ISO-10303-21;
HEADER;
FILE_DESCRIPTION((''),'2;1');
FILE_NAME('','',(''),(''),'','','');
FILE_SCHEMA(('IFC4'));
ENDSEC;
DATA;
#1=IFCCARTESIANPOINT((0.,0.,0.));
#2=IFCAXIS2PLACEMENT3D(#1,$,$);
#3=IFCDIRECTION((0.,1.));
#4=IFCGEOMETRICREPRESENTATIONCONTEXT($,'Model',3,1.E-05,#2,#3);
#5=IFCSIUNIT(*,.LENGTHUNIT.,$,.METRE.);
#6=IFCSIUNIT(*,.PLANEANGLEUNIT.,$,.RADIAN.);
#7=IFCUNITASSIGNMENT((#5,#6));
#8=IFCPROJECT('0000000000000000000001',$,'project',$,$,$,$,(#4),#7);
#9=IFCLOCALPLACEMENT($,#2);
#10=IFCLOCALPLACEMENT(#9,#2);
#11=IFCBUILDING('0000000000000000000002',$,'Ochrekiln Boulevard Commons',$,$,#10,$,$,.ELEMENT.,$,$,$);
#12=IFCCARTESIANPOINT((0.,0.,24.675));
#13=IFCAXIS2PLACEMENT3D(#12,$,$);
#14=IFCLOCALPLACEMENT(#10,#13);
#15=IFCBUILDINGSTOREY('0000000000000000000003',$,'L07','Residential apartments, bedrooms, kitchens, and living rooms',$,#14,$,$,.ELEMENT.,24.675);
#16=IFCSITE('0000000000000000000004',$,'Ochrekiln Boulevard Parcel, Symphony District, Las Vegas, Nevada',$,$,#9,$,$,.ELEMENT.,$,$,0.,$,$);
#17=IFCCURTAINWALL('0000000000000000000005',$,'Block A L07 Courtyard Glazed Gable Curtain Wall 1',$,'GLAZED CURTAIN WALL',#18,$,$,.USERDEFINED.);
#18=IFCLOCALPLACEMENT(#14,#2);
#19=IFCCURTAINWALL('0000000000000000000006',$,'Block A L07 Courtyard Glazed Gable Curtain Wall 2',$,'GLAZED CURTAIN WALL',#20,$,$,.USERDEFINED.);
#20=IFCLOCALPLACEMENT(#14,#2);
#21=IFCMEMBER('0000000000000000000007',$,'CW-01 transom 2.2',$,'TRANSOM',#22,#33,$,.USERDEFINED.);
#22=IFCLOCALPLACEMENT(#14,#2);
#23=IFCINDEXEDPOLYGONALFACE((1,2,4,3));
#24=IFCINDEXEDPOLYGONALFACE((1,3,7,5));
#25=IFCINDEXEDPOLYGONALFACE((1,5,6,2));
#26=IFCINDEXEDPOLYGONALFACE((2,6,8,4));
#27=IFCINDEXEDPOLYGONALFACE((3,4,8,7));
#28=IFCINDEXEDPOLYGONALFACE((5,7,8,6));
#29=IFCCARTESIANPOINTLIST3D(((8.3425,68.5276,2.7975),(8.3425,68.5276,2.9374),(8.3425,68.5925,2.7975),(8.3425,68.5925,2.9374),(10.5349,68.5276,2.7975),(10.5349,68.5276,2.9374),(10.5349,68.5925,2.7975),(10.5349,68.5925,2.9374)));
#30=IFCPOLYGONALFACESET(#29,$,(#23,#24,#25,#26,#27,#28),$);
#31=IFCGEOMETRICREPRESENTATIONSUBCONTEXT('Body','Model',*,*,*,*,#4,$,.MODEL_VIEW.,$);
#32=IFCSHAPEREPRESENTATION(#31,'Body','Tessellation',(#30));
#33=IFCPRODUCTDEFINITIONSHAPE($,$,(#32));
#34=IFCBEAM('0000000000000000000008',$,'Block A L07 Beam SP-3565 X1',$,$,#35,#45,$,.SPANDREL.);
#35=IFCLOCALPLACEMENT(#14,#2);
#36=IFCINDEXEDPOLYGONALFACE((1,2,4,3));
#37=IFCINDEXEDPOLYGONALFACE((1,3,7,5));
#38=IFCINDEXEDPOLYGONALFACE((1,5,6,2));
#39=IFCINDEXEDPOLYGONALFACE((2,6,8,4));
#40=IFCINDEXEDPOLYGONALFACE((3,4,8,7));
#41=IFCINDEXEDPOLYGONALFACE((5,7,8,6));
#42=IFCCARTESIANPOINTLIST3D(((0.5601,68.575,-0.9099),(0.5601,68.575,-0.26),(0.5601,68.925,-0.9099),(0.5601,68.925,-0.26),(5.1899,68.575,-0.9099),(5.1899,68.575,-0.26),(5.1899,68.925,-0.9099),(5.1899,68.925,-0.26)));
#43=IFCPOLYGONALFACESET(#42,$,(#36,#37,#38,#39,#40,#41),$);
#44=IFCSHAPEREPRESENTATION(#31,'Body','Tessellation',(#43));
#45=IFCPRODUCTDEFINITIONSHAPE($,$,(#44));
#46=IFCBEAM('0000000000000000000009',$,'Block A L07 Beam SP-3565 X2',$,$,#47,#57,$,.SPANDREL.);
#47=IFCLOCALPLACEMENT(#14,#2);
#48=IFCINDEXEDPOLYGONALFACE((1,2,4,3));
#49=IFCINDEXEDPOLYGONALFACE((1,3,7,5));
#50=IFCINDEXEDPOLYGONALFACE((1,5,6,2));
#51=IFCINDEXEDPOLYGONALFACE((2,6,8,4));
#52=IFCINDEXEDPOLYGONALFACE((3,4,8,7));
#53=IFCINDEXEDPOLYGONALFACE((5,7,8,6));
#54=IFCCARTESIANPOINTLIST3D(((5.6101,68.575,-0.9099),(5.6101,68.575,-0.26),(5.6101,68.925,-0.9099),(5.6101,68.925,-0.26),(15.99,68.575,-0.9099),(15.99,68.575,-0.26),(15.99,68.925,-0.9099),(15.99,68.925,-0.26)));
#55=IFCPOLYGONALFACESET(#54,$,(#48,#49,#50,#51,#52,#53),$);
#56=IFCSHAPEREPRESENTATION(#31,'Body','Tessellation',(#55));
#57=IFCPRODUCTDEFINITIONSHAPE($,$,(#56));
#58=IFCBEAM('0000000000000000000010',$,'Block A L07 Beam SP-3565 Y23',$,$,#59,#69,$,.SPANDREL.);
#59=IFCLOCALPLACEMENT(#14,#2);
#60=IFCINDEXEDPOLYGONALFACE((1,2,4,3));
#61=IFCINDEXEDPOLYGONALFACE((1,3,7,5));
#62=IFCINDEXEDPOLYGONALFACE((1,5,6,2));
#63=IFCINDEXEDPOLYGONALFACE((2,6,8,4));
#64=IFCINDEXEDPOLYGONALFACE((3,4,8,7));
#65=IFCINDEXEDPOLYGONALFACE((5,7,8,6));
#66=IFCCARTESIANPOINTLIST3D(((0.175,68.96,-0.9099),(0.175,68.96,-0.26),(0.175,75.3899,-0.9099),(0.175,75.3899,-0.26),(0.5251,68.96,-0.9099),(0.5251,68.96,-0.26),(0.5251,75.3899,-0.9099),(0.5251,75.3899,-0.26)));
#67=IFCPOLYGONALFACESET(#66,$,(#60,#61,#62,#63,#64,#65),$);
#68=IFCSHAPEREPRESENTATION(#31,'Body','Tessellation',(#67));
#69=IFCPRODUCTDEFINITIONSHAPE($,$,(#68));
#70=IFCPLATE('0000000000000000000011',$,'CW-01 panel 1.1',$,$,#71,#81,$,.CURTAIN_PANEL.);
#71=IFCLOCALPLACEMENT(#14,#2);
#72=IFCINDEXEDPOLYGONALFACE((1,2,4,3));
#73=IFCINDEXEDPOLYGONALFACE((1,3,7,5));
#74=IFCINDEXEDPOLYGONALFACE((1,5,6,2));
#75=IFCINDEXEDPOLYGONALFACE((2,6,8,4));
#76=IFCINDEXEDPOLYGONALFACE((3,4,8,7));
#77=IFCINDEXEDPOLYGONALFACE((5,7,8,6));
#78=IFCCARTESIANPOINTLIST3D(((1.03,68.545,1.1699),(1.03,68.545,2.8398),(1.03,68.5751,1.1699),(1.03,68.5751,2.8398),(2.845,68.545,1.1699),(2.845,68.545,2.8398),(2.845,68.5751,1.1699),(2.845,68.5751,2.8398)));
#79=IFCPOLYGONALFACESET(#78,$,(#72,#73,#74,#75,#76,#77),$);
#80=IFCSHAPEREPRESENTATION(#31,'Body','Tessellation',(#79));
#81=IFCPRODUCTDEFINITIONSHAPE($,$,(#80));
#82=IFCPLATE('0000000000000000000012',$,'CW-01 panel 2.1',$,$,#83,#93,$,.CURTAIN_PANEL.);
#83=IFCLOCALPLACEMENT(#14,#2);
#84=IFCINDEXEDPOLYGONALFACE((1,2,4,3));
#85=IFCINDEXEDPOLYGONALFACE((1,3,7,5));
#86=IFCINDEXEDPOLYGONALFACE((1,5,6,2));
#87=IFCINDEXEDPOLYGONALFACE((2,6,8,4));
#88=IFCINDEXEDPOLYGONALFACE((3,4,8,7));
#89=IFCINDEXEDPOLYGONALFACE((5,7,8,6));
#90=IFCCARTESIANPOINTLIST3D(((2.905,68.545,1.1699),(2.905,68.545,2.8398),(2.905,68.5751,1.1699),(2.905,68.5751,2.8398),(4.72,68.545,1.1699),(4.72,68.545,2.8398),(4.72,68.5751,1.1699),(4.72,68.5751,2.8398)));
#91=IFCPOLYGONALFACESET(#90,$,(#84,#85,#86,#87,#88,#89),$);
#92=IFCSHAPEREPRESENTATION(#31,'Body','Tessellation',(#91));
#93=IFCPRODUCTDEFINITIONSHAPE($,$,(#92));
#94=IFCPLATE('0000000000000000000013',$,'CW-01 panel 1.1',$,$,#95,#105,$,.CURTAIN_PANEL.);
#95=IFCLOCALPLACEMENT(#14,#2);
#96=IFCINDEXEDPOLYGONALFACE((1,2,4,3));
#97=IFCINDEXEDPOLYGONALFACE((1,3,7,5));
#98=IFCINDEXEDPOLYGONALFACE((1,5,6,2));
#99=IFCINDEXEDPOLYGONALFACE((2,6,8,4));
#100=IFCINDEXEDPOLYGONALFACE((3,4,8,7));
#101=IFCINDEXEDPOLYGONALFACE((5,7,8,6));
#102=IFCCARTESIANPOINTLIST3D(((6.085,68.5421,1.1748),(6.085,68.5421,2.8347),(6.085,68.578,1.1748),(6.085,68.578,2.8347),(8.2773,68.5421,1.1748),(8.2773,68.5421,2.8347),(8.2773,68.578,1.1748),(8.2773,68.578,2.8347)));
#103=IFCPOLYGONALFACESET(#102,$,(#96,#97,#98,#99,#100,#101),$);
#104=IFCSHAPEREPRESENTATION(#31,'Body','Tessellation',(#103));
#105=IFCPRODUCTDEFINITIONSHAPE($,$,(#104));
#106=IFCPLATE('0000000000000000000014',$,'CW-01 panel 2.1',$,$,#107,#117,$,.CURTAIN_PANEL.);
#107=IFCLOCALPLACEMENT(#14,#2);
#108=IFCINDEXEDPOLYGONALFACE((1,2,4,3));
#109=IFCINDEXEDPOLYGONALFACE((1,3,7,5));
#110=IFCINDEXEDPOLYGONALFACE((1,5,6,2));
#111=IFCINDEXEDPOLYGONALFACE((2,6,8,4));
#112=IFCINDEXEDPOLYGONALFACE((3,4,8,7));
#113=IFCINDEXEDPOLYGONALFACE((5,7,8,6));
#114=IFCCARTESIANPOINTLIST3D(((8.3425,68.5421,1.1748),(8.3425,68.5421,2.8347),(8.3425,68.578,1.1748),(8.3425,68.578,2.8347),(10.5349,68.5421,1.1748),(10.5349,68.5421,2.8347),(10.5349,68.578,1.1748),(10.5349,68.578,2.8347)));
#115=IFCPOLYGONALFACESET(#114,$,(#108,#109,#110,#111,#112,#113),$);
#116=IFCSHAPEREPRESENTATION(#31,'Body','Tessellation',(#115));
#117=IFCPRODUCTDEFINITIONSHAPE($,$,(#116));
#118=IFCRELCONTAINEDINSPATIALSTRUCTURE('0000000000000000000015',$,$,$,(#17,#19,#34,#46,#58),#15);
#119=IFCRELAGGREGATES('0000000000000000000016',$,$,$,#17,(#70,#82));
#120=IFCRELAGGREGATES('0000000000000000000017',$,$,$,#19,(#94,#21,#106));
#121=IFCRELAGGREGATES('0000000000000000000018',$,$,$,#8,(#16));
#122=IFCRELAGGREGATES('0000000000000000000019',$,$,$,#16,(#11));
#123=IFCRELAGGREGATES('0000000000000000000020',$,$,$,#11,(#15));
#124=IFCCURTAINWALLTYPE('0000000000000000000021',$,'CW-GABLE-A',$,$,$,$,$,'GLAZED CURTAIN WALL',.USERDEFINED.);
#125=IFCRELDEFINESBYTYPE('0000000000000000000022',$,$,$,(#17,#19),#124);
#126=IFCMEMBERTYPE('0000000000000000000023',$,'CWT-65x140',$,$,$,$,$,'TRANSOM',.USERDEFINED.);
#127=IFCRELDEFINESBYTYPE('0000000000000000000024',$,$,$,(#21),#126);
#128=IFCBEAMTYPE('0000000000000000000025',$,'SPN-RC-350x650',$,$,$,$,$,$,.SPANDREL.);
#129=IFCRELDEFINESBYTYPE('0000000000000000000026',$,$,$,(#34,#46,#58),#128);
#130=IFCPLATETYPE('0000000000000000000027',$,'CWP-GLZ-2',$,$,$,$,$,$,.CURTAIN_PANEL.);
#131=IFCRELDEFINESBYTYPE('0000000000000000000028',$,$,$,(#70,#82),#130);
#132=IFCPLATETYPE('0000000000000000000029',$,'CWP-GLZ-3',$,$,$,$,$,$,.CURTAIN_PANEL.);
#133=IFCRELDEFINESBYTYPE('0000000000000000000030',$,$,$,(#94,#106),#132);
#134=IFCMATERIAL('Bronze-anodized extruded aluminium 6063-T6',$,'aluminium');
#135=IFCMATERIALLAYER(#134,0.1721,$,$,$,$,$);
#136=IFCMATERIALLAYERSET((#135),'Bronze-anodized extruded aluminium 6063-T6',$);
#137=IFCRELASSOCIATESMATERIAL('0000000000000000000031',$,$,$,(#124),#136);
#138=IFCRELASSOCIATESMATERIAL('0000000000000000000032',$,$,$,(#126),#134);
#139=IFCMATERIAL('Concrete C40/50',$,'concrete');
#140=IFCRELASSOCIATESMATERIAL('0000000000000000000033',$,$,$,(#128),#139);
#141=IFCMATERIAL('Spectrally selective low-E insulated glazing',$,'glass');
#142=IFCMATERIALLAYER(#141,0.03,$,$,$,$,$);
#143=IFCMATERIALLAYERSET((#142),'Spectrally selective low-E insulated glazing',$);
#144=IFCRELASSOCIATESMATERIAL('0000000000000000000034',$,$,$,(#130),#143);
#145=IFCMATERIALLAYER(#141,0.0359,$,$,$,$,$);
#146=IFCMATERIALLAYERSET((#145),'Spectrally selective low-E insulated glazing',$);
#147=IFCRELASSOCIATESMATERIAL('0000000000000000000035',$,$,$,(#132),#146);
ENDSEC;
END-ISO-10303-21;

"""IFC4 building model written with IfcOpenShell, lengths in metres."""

from ifc_helpers import new_model, si_unit, direction, frame, origin, origin_2d, place, context, subcontext, project, spatial, rectangle, extrude, material, layer, layer_set, material_profile, profile_set, type_object, element, aggregate, save


model = new_model("IFC4")

# Units and contexts
model_context = context("Model", 3, precision=1e-05, world=origin(), true_north=direction((0.0, 1.0)))
body_context = subcontext(model_context, "Body", "Model", "MODEL_VIEW")
ifc_project = project(units=[si_unit("LENGTHUNIT", "METRE"), si_unit("PLANEANGLEUNIT", "RADIAN")], contexts=[model_context])

# Site, building, storey
site_placement = place(None, origin())
site = spatial("IfcSite", under=ifc_project, at=site_placement, Name="Ochrekiln Boulevard Parcel, Symphony District, Las Vegas, Nevada", CompositionType="ELEMENT", RefElevation=0.0)
building_placement = place(site_placement, origin())
building = spatial("IfcBuilding", under=site, at=building_placement, Name="Ochrekiln Boulevard Commons", CompositionType="ELEMENT")
storey_placement = place(building_placement, frame((0.0, 0.0, 24.675)))
storey = spatial("IfcBuildingStorey", under=building, at=storey_placement, Name="L07", Description="Residential apartments, bedrooms, kitchens, and living rooms", CompositionType="ELEMENT", Elevation=24.675)

# Shared definitions
ifc_material_1 = material(Name="Concrete C40/50", Category="concrete")

# Curtain walls
ifc_material_2 = material(Name="Bronze-anodized extruded aluminium 6063-T6", Category="aluminium")
ifc_layer_1 = layer(ifc_material_2, 0.1721)
ifc_layer_set_1 = layer_set([ifc_layer_1], Name="Bronze-anodized extruded aluminium 6063-T6")
curtain_wall_type = type_object("IfcCurtainWallType", Name="CW-GABLE-A", ElementType="GLAZED CURTAIN WALL", PredefinedType="USERDEFINED", material=ifc_layer_set_1)
curtain_wall_1_placement = place(storey_placement, origin())
curtain_wall_1 = element("IfcCurtainWall", 1, at=curtain_wall_1_placement, inside=storey, type_object=curtain_wall_type, Name="Block A L07 Courtyard Glazed Gable Curtain Wall 1", ObjectType="GLAZED CURTAIN WALL", PredefinedType="USERDEFINED")
curtain_wall_2_placement = place(storey_placement, origin())
curtain_wall_2 = element("IfcCurtainWall", 2, at=curtain_wall_2_placement, inside=storey, type_object=curtain_wall_type, Name="Block A L07 Courtyard Glazed Gable Curtain Wall 2", ObjectType="GLAZED CURTAIN WALL", PredefinedType="USERDEFINED")

# Member
ifc_material_profile_1 = material_profile(ifc_material_2, rectangle(XDim=0.0649, YDim=0.1399, at=origin_2d()), Name="ALU-TRN-65x140")
ifc_profile_set_1 = profile_set([ifc_material_profile_1], Name="Bronze-anodized extruded aluminium 6063-T6")
member_type_1 = type_object("IfcMemberType", Name="CWT-65x140", ElementType="TRANSOM", PredefinedType="USERDEFINED", material=ifc_profile_set_1)
member_1_placement = place(storey_placement, frame((8.3425, 68.5601, 2.8674), z_axis=(1.0, 0.0, 0.0), x_axis=(0.0, 1.0, 0.0)))
member_1 = element("IfcMember", 3, at=member_1_placement, type_object=member_type_1, Name="CW-01 transom 2.2", ObjectType="TRANSOM", PredefinedType="USERDEFINED", context=body_context, shape_type="SweptSolid", body=[
    extrude(rectangle(XDim=0.0649, YDim=0.1399, at=origin_2d()), origin(), (0.0, 0.0, 1.0), 2.1924),
])

# Beams
ifc_material_profile_2 = material_profile(ifc_material_1, rectangle(XDim=0.3501, YDim=0.6499, at=origin_2d()), Name="RC-SPN-350x650")
ifc_profile_set_2 = profile_set([ifc_material_profile_2], Name="Concrete C40/50")
beam_type = type_object("IfcBeamType", Name="SPN-RC-350x650", PredefinedType="SPANDREL", material=ifc_profile_set_2)
beam_1_placement = place(storey_placement, frame((0.5601, 68.75, -0.585), z_axis=(1.0, 0.0, 0.0), x_axis=(0.0, 1.0, 0.0)))
element("IfcBeam", 4, at=beam_1_placement, inside=storey, type_object=beam_type, Name="Block A L07 Beam SP-3565 X1", PredefinedType="SPANDREL", context=body_context, shape_type="SweptSolid", body=[
    extrude(rectangle(XDim=0.3501, YDim=0.6499, at=origin_2d()), origin(), (0.0, 0.0, 1.0), 4.6299),
])
beam_2_placement = place(storey_placement, frame((5.6101, 68.75, -0.585), z_axis=(1.0, 0.0, 0.0), x_axis=(0.0, 1.0, 0.0)))
element("IfcBeam", 5, at=beam_2_placement, inside=storey, type_object=beam_type, Name="Block A L07 Beam SP-3565 X2", PredefinedType="SPANDREL", context=body_context, shape_type="SweptSolid", body=[
    extrude(rectangle(XDim=0.3501, YDim=0.6499, at=origin_2d()), origin(), (0.0, 0.0, 1.0), 10.3799),
])
beam_3_placement = place(storey_placement, frame((0.3501, 68.96, -0.585), z_axis=(0.0, 1.0, 0.0), x_axis=(-1.0, 0.0, 0.0)))
element("IfcBeam", 6, at=beam_3_placement, inside=storey, type_object=beam_type, Name="Block A L07 Beam SP-3565 Y23", PredefinedType="SPANDREL", context=body_context, shape_type="SweptSolid", body=[
    extrude(rectangle(XDim=0.3501, YDim=0.6499, at=origin_2d()), origin(), (0.0, 0.0, 1.0), 6.4299),
])

# Plates
ifc_material_3 = material(Name="Spectrally selective low-E insulated glazing", Category="glass")
ifc_layer_2 = layer(ifc_material_3, 0.03)
ifc_layer_set_2 = layer_set([ifc_layer_2], Name="Spectrally selective low-E insulated glazing")
plate_type_1 = type_object("IfcPlateType", Name="CWP-GLZ-2", PredefinedType="CURTAIN_PANEL", material=ifc_layer_set_2)
plate_1_placement = place(storey_placement, frame((1.9375, 68.5601, 1.1699), z_axis=(0.0, 0.0, 1.0), x_axis=(1.0, 0.0, 0.0)))
plate_1 = element("IfcPlate", 7, at=plate_1_placement, type_object=plate_type_1, Name="CW-01 panel 1.1", PredefinedType="CURTAIN_PANEL", context=body_context, shape_type="SweptSolid", body=[
    extrude(rectangle(XDim=1.8149, YDim=0.03, at=origin_2d()), origin(), (0.0, 0.0, 1.0), 1.6699),
])
plate_2_placement = place(storey_placement, frame((3.8125, 68.5601, 1.1699), z_axis=(0.0, 0.0, 1.0), x_axis=(1.0, 0.0, 0.0)))
plate_2 = element("IfcPlate", 8, at=plate_2_placement, type_object=plate_type_1, Name="CW-01 panel 2.1", PredefinedType="CURTAIN_PANEL", context=body_context, shape_type="SweptSolid", body=[
    extrude(rectangle(XDim=1.8149, YDim=0.03, at=origin_2d()), origin(), (0.0, 0.0, 1.0), 1.6699),
])
aggregate(curtain_wall_1, [plate_1, plate_2])
ifc_layer_3 = layer(ifc_material_3, 0.0359)
ifc_layer_set_3 = layer_set([ifc_layer_3], Name="Spectrally selective low-E insulated glazing")
plate_type_2 = type_object("IfcPlateType", Name="CWP-GLZ-3", PredefinedType="CURTAIN_PANEL", material=ifc_layer_set_3)
plate_3_placement = place(storey_placement, frame((7.1812, 68.5601, 1.1748), z_axis=(0.0, 0.0, 1.0), x_axis=(1.0, 0.0, 0.0)))
plate_3 = element("IfcPlate", 9, at=plate_3_placement, type_object=plate_type_2, Name="CW-01 panel 1.1", PredefinedType="CURTAIN_PANEL", context=body_context, shape_type="SweptSolid", body=[
    extrude(rectangle(XDim=2.1924, YDim=0.0359, at=origin_2d()), origin(), (0.0, 0.0, 1.0), 1.6599),
])
plate_4_placement = place(storey_placement, frame((9.4387, 68.5601, 1.1748), z_axis=(0.0, 0.0, 1.0), x_axis=(1.0, 0.0, 0.0)))
plate_4 = element("IfcPlate", 10, at=plate_4_placement, type_object=plate_type_2, Name="CW-01 panel 2.1", PredefinedType="CURTAIN_PANEL", context=body_context, shape_type="SweptSolid", body=[
    extrude(rectangle(XDim=2.1924, YDim=0.0359, at=origin_2d()), origin(), (0.0, 0.0, 1.0), 1.6599),
])
aggregate(curtain_wall_2, [plate_3, member_1, plate_4])

save(model, "model.ifc")
